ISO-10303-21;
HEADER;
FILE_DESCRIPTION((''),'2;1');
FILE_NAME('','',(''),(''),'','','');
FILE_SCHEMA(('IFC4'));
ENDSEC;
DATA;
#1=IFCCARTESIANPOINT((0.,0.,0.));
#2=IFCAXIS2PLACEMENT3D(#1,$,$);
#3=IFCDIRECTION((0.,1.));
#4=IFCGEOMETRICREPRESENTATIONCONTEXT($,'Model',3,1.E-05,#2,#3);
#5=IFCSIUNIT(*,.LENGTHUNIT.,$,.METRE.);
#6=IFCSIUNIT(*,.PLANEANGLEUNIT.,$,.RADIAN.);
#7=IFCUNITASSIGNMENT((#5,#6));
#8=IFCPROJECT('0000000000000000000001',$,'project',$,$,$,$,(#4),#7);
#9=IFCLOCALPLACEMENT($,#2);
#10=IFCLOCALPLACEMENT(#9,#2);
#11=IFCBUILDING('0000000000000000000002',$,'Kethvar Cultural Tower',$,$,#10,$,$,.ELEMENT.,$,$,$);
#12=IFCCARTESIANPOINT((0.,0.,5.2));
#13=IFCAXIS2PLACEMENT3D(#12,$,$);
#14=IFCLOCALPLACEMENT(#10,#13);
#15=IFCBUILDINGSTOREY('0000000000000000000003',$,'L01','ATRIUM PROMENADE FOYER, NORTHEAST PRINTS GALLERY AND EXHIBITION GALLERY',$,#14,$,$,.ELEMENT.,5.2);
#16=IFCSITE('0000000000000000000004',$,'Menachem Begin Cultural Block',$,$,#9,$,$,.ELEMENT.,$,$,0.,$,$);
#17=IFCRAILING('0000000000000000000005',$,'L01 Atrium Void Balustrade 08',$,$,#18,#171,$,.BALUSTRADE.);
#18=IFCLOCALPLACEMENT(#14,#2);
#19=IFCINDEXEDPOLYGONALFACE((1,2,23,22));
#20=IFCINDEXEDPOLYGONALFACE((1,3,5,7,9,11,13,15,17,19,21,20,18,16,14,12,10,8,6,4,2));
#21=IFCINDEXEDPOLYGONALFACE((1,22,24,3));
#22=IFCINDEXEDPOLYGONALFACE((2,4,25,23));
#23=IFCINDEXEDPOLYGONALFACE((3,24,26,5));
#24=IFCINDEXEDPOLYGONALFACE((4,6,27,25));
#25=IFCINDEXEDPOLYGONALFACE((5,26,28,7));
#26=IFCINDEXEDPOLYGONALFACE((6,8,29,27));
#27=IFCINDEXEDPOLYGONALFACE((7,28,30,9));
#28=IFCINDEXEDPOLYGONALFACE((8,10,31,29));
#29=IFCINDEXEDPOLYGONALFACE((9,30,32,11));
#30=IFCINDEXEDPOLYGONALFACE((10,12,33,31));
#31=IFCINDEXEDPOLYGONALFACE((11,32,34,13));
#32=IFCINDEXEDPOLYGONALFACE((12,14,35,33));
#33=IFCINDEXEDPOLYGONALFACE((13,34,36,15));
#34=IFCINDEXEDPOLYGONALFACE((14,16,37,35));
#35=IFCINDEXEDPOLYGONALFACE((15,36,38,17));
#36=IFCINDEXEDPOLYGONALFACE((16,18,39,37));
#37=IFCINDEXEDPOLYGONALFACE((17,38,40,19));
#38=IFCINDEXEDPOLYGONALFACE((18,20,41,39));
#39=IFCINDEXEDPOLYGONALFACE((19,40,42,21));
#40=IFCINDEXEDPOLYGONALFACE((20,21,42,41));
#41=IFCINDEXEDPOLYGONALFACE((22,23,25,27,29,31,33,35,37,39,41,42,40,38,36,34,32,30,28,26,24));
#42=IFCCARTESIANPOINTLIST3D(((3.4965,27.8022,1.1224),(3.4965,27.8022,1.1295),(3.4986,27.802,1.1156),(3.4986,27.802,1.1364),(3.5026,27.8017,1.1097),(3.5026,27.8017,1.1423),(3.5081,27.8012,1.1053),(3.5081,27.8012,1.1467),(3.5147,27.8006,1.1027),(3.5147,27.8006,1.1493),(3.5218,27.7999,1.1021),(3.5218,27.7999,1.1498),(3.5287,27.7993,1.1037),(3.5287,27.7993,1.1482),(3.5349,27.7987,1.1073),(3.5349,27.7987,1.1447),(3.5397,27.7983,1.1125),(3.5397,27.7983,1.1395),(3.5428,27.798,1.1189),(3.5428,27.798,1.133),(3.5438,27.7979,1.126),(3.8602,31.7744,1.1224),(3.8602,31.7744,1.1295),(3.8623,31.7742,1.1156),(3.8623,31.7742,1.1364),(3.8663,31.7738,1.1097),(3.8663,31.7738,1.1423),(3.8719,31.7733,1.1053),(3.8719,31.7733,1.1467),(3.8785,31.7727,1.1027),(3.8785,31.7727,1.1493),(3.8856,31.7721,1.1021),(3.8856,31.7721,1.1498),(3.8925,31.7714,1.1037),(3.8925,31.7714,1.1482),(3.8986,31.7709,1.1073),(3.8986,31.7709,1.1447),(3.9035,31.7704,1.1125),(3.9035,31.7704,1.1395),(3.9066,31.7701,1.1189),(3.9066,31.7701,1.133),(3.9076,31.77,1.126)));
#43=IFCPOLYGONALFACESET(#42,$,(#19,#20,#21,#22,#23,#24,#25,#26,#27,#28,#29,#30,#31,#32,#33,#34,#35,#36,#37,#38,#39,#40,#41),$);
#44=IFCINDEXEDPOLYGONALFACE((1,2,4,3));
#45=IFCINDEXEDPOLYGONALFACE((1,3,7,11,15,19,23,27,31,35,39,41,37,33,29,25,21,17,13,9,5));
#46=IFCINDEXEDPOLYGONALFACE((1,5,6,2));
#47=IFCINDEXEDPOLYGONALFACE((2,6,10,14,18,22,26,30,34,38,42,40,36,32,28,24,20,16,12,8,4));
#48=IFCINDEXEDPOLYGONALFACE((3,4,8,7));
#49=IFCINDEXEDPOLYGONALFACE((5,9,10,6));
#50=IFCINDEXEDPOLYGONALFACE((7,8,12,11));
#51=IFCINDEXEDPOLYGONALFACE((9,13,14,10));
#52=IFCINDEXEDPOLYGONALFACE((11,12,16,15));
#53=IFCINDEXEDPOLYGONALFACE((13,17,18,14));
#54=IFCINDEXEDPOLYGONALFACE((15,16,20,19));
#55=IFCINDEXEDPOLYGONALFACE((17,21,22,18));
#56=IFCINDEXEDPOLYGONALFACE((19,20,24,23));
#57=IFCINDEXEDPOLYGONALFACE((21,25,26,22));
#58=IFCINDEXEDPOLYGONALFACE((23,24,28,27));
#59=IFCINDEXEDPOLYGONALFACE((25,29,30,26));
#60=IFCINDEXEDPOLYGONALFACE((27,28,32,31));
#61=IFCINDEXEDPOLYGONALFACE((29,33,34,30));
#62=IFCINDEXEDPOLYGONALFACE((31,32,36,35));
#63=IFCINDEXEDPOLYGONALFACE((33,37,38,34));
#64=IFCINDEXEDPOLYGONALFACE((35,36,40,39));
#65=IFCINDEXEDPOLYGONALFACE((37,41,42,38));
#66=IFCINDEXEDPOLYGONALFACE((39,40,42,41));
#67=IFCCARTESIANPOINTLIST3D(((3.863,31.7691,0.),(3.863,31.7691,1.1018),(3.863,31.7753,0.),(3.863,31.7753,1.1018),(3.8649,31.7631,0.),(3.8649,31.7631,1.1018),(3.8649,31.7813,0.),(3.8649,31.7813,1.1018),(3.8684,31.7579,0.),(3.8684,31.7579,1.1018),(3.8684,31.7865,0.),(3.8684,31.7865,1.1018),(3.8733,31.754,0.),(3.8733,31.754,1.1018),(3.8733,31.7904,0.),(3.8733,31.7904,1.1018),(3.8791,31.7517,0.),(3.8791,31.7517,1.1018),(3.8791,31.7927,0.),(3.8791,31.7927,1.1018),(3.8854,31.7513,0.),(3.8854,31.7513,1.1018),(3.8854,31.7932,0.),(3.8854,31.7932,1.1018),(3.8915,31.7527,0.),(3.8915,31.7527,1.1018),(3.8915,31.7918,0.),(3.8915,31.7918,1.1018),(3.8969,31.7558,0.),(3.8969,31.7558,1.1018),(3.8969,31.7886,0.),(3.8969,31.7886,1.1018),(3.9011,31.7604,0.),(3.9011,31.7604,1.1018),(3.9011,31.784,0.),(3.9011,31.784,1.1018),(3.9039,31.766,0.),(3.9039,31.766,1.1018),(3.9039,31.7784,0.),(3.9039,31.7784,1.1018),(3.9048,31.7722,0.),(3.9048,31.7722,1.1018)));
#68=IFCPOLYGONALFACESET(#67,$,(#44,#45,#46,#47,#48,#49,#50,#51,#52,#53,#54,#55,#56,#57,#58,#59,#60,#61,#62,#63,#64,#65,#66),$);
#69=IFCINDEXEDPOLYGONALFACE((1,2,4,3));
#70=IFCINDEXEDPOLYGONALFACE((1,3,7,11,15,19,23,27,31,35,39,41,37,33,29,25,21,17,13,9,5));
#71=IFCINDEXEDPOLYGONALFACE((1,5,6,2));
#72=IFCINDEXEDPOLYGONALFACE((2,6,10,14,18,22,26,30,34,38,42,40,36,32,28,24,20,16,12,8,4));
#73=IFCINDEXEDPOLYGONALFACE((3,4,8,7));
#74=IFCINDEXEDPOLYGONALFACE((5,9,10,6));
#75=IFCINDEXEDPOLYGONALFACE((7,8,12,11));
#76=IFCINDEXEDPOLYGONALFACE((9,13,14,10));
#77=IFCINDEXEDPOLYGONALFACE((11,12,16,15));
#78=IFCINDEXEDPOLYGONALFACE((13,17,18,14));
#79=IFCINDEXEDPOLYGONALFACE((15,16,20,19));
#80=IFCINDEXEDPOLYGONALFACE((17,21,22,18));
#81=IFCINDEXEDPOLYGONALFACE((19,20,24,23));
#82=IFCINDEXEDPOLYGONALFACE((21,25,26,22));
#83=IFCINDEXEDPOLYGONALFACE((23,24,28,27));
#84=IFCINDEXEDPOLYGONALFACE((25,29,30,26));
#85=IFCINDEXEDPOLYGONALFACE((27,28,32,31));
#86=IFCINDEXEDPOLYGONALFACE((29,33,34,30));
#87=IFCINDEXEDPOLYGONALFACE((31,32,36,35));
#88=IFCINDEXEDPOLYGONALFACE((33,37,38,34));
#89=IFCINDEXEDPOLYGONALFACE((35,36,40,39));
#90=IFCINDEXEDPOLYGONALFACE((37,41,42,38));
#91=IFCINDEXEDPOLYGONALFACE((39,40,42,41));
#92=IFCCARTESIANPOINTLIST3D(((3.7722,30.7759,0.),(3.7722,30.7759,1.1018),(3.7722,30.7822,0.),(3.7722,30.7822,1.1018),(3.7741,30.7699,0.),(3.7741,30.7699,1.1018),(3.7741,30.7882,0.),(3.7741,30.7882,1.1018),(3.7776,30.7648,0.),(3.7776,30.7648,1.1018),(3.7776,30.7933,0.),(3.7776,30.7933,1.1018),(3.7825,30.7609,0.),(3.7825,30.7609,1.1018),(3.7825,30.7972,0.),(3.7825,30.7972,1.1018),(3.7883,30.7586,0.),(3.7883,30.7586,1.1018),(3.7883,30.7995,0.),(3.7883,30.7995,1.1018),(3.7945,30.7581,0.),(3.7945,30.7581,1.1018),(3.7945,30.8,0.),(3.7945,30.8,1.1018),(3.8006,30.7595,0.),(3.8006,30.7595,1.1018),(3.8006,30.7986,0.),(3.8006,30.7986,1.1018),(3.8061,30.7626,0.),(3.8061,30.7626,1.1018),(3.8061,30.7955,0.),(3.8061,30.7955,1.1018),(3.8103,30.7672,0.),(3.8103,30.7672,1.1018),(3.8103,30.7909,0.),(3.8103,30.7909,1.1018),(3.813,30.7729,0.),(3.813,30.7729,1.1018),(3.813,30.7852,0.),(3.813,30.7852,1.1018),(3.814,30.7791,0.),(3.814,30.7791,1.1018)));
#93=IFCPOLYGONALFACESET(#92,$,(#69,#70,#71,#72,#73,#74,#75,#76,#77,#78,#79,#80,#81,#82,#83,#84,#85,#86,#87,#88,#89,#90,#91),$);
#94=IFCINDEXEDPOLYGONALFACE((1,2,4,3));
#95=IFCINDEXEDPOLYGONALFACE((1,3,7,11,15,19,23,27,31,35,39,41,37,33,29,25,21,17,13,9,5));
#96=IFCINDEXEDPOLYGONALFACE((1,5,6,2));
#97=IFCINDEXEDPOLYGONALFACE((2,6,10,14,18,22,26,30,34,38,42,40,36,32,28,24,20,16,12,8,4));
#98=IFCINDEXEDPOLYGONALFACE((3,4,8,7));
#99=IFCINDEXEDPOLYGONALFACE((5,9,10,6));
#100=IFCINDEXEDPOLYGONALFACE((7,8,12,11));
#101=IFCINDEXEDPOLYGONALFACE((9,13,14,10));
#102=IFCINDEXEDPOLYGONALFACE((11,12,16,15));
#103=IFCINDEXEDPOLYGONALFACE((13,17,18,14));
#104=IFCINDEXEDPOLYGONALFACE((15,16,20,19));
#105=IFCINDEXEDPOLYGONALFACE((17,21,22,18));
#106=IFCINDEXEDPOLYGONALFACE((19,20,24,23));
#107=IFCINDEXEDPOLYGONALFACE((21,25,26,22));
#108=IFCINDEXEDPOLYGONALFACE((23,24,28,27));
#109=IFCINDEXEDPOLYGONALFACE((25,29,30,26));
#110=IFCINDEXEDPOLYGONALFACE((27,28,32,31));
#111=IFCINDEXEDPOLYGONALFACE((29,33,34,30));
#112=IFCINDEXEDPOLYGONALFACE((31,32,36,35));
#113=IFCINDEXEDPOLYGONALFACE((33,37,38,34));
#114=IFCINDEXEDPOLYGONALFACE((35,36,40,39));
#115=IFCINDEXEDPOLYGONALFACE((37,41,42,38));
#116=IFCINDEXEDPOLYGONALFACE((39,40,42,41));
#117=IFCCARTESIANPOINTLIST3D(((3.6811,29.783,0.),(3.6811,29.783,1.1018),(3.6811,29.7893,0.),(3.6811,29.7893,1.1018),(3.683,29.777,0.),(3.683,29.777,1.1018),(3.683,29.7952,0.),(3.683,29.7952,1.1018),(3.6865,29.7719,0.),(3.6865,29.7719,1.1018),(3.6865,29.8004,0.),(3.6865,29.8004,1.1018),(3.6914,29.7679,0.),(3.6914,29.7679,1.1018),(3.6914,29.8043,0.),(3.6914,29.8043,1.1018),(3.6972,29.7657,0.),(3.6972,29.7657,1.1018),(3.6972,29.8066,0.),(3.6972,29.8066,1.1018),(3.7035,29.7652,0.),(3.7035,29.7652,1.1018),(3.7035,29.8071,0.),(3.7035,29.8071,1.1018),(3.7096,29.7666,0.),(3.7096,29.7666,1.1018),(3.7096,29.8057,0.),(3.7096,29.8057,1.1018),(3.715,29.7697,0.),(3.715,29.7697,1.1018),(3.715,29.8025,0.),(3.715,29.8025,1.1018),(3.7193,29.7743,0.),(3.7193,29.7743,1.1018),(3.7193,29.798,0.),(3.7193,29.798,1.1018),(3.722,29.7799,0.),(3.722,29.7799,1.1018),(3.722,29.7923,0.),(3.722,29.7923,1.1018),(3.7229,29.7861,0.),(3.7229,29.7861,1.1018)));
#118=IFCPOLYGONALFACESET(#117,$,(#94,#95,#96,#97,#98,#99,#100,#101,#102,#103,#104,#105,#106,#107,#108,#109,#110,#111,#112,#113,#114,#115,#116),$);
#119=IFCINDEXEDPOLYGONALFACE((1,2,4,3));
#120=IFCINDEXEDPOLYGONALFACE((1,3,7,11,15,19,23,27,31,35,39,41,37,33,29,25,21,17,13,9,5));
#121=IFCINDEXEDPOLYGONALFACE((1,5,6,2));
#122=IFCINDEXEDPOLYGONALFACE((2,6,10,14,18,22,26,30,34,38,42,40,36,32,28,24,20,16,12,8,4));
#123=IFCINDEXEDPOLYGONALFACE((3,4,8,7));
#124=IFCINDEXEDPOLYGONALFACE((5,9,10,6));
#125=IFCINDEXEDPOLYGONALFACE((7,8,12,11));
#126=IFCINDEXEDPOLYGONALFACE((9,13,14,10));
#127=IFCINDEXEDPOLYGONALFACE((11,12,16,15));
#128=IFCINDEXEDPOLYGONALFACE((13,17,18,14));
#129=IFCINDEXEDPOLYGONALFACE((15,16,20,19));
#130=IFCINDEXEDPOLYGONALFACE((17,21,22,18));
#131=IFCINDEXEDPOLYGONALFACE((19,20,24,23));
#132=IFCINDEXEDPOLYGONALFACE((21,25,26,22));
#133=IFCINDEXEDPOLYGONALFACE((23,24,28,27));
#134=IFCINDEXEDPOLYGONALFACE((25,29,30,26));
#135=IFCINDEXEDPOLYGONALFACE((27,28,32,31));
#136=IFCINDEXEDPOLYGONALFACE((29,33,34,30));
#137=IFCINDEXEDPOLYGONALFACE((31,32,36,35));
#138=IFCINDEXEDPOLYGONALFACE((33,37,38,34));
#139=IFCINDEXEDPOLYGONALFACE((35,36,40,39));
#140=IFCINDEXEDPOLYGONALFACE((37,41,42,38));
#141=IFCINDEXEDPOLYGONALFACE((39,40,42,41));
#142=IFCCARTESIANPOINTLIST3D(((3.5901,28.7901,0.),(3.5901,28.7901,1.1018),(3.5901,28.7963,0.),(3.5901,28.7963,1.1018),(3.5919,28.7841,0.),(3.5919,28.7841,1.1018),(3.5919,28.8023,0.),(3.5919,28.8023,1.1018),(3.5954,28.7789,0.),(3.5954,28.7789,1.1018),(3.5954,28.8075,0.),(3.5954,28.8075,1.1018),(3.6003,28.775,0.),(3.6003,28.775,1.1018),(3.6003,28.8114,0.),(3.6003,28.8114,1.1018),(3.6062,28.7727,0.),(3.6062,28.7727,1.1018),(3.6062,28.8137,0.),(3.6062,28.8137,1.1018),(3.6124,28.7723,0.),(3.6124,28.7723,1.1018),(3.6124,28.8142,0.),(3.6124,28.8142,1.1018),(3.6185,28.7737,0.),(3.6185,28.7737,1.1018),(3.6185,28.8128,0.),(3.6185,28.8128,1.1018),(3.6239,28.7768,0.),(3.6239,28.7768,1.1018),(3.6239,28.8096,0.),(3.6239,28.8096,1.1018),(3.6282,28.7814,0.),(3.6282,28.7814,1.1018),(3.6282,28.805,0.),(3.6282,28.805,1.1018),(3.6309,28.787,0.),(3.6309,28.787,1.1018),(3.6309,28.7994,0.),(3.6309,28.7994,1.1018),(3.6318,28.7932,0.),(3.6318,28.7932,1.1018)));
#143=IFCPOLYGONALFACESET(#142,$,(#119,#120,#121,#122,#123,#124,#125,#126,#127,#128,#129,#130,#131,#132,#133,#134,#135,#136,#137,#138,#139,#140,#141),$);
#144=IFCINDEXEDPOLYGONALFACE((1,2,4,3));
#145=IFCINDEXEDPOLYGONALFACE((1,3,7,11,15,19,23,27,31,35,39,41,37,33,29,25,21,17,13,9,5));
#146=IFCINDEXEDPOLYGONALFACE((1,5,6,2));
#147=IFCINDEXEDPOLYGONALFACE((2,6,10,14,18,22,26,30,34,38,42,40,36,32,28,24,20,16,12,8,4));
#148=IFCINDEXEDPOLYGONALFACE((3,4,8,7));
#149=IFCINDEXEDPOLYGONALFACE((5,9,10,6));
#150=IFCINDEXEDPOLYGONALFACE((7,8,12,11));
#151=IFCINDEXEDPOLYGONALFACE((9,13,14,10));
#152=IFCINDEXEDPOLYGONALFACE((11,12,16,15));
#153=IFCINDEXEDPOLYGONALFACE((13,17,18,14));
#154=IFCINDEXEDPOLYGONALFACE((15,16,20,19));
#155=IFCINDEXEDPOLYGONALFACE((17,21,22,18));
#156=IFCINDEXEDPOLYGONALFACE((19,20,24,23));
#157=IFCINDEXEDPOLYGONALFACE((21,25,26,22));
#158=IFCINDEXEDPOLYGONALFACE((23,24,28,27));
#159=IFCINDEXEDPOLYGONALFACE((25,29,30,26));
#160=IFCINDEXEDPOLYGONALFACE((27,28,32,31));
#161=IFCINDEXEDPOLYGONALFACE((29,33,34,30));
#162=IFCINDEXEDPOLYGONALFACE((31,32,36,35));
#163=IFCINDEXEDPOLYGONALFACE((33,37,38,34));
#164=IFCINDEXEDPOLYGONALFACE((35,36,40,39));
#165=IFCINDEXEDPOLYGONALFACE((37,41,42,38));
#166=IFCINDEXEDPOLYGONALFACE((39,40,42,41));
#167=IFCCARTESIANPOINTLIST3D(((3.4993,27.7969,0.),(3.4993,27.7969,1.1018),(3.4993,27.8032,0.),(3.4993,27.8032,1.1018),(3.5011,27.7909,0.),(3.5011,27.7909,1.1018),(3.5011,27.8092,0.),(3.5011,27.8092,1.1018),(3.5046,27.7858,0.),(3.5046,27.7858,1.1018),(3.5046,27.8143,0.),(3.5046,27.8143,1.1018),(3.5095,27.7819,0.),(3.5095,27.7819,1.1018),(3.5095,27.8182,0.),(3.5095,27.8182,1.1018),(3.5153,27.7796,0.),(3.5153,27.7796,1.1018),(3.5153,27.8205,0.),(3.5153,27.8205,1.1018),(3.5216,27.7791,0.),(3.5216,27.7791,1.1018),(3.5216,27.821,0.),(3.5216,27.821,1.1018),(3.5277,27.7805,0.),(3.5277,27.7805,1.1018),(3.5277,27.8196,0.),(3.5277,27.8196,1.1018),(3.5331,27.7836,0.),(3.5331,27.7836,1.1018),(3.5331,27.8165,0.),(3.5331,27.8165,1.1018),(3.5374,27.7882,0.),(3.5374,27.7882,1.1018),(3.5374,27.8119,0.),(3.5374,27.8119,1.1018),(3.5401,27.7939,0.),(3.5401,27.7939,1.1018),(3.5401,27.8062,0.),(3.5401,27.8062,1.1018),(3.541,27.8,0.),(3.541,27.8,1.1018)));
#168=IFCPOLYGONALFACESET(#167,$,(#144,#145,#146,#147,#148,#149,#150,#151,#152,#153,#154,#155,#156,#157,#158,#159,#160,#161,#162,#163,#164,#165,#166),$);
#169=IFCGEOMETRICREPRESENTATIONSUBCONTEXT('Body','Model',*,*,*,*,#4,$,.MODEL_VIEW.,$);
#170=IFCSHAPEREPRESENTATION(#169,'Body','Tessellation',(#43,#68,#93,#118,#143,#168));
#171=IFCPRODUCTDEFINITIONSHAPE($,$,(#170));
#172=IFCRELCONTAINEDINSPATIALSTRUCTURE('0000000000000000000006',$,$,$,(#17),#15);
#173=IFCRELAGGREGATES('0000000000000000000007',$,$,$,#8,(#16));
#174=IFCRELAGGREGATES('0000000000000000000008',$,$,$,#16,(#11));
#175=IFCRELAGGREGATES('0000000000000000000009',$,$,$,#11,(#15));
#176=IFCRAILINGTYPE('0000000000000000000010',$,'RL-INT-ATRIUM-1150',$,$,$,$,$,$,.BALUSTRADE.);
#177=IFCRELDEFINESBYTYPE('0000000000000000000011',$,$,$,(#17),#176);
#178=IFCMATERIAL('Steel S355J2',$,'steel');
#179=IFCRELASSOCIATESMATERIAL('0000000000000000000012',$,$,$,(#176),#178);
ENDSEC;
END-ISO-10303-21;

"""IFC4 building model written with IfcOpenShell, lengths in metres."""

from ifc_helpers import new_model, si_unit, direction, frame, origin, origin_2d, place, context, subcontext, project, spatial, circle, extrude, material, type_object, element, save


model = new_model("IFC4")

# Units and contexts
model_context = context("Model", 3, precision=1e-05, world=origin(), true_north=direction((0.0, 1.0)))
body_context = subcontext(model_context, "Body", "Model", "MODEL_VIEW")
ifc_project = project(units=[si_unit("LENGTHUNIT", "METRE"), si_unit("PLANEANGLEUNIT", "RADIAN")], contexts=[model_context])

# Site, building, storey
site_placement = place(None, origin())
site = spatial("IfcSite", under=ifc_project, at=site_placement, Name="Menachem Begin Cultural Block", CompositionType="ELEMENT", RefElevation=0.0)
building_placement = place(site_placement, origin())
building = spatial("IfcBuilding", under=site, at=building_placement, Name="Kethvar Cultural Tower", CompositionType="ELEMENT")
storey_placement = place(building_placement, frame((0.0, 0.0, 5.2)))
storey = spatial("IfcBuildingStorey", under=building, at=storey_placement, Name="L01", Description="ATRIUM PROMENADE FOYER, NORTHEAST PRINTS GALLERY AND EXHIBITION GALLERY", CompositionType="ELEMENT", Elevation=5.2)

# Shared definitions
ifc_material_1 = material(Name="Steel S355J2", Category="steel")

# Railing
railing_type_1 = type_object("IfcRailingType", Name="RL-INT-ATRIUM-1150", PredefinedType="BALUSTRADE", material=ifc_material_1)
railing_1_placement = place(storey_placement, frame((3.8838, 31.7722, 0.0)))
element("IfcRailing", 1, at=railing_1_placement, inside=storey, type_object=railing_type_1, Name="L01 Atrium Void Balustrade 08", PredefinedType="BALUSTRADE", context=body_context, shape_type="SweptSolid", body=[
    extrude(circle(Radius=0.0239, at=origin_2d()), frame((0.0, 0.0, 1.126), z_axis=(-0.091198, -0.995833, 0.0), x_axis=(0.995833, -0.091198, 0.0)), (0.0, 0.0, 1.0), 3.9888),
    extrude(circle(Radius=0.021, at=origin_2d()), origin(), (0.0, 0.0, 1.0), 1.1018),
    extrude(circle(Radius=0.021, at=origin_2d()), frame((-0.0908, -0.9932, 0.0)), (0.0, 0.0, 1.0), 1.1018),
    extrude(circle(Radius=0.021, at=origin_2d()), frame((-0.1819, -1.9861, 0.0)), (0.0, 0.0, 1.0), 1.1018),
    extrude(circle(Radius=0.021, at=origin_2d()), frame((-0.2729, -2.979, 0.0)), (0.0, 0.0, 1.0), 1.1018),
    extrude(circle(Radius=0.021, at=origin_2d()), frame((-0.3638, -3.9722, 0.0)), (0.0, 0.0, 1.0), 1.1018),
])

save(model, "model.ifc")
